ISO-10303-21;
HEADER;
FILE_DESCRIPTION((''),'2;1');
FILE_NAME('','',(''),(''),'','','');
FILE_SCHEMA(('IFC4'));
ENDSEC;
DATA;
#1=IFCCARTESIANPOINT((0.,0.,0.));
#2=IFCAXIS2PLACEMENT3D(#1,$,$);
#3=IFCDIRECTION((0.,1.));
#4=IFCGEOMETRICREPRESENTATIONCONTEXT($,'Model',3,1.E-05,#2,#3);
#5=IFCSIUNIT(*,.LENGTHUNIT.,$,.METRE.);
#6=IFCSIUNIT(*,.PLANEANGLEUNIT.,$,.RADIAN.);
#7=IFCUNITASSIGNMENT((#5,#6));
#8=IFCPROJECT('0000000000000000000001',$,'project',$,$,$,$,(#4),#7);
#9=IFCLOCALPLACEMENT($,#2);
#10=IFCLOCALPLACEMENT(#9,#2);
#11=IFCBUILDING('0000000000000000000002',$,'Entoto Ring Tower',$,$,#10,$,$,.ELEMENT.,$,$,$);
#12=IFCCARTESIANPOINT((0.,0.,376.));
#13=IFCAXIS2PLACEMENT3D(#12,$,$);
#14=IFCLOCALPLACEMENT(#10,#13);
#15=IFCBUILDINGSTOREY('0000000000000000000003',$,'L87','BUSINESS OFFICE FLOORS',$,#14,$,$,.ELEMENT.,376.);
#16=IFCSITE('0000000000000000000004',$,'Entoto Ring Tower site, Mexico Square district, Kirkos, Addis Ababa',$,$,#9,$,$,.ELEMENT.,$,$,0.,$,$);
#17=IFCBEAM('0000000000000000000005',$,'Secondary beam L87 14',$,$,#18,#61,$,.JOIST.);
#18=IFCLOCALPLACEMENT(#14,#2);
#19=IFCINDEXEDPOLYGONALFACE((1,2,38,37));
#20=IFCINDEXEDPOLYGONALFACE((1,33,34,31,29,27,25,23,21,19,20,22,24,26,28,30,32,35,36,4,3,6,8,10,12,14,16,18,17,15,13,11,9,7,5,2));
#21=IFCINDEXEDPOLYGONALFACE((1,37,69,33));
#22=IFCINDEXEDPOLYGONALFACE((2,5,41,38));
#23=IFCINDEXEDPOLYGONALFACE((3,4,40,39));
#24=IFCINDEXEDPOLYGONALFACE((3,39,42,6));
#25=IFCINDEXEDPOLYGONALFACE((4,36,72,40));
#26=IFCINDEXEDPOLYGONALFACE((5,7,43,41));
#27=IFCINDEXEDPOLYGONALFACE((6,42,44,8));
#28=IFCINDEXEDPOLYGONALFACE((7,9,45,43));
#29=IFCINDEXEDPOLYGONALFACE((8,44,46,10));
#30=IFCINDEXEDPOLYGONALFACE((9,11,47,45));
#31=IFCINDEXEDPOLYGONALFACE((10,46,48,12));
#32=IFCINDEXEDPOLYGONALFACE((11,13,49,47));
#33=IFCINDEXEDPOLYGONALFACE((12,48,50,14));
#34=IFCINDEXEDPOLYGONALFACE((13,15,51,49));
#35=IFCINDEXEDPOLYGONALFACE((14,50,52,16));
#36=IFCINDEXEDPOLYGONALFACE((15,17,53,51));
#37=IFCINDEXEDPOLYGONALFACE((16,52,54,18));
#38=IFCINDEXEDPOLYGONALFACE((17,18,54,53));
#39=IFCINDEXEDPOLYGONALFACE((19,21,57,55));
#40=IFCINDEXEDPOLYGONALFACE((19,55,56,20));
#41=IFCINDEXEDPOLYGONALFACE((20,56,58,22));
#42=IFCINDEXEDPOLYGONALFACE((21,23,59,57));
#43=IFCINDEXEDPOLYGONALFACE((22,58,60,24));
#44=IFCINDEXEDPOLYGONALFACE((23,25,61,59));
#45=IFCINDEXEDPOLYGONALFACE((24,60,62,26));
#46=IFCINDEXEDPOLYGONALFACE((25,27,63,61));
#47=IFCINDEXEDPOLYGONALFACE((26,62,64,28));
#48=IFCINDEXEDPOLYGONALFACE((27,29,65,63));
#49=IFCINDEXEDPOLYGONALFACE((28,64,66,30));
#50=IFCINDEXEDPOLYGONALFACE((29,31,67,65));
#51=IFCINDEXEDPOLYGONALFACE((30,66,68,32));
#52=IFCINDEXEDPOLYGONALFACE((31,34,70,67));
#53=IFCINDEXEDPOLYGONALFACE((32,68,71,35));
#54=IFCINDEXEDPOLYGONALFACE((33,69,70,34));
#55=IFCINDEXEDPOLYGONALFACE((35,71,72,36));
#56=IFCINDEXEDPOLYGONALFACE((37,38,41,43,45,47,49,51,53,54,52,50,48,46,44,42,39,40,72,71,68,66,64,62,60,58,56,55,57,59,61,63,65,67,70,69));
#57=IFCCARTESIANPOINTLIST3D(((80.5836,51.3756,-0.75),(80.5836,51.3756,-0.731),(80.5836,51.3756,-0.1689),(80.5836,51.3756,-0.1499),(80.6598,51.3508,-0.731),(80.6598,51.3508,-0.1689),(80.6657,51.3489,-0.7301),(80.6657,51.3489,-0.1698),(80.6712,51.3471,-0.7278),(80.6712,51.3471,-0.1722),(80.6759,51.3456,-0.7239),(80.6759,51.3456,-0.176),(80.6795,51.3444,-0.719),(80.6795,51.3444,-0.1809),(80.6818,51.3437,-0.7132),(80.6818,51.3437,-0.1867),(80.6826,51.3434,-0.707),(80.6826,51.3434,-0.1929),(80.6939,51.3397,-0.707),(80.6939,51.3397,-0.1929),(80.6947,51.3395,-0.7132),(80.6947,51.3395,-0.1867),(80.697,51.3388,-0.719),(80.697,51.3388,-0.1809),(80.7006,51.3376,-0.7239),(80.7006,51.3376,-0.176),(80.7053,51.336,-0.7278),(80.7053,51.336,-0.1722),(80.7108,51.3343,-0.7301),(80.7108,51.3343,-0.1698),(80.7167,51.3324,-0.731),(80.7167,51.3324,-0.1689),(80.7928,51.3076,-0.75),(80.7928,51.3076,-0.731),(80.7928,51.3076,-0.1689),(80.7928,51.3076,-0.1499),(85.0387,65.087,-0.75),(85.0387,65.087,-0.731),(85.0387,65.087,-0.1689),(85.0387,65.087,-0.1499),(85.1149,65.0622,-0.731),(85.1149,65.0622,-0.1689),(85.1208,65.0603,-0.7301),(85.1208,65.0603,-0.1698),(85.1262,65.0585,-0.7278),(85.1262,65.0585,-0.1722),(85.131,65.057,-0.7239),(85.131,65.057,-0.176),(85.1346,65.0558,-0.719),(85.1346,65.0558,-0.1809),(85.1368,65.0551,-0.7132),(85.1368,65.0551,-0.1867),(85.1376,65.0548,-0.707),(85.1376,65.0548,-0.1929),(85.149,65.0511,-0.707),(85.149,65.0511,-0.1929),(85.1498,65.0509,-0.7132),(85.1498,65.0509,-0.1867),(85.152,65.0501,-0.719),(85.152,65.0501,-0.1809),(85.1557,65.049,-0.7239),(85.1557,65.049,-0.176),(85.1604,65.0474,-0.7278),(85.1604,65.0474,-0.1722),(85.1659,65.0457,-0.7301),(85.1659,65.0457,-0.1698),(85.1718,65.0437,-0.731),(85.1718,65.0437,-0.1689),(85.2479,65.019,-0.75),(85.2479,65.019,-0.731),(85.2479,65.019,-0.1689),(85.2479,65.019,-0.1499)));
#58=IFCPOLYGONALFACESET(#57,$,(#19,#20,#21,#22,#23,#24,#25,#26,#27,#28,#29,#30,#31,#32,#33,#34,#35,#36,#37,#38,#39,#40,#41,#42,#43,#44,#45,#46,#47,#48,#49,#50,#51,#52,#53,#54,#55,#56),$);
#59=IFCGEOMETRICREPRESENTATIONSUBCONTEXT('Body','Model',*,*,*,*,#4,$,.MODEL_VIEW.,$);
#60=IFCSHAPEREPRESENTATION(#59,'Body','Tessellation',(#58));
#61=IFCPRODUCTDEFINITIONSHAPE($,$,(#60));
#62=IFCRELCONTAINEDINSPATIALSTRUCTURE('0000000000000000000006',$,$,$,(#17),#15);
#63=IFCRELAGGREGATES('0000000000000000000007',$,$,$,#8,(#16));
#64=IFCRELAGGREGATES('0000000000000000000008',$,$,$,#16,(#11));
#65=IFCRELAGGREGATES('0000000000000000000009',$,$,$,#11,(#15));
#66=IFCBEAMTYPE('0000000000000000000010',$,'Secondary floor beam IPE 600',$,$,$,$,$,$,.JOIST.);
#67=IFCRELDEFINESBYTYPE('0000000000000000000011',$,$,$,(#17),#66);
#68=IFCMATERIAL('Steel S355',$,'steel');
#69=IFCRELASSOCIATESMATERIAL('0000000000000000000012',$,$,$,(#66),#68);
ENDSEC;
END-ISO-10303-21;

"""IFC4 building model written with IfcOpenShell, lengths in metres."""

from ifc_helpers import new_model, si_unit, direction, frame, origin, origin_2d, place, context, subcontext, project, spatial, i_section, extrude, material, material_profile, profile_set, type_object, element, save


model = new_model("IFC4")

# Units and contexts
model_context = context("Model", 3, precision=1e-05, world=origin(), true_north=direction((0.0, 1.0)))
body_context = subcontext(model_context, "Body", "Model", "MODEL_VIEW")
ifc_project = project(units=[si_unit("LENGTHUNIT", "METRE"), si_unit("PLANEANGLEUNIT", "RADIAN")], contexts=[model_context])

# Site, building, storey
site_placement = place(None, origin())
site = spatial("IfcSite", under=ifc_project, at=site_placement, Name="Entoto Ring Tower site, Mexico Square district, Kirkos, Addis Ababa", CompositionType="ELEMENT", RefElevation=0.0)
building_placement = place(site_placement, origin())
building = spatial("IfcBuilding", under=site, at=building_placement, Name="Entoto Ring Tower", CompositionType="ELEMENT")
storey_placement = place(building_placement, frame((0.0, 0.0, 376.0)))
storey = spatial("IfcBuildingStorey", under=building, at=storey_placement, Name="L87", Description="BUSINESS OFFICE FLOORS", CompositionType="ELEMENT", Elevation=376.0)

# Beam
ifc_material_1 = material(Name="Steel S355", Category="steel")
ifc_material_profile_1 = material_profile(ifc_material_1, i_section(OverallWidth=0.22, OverallDepth=0.6001, WebThickness=0.012, FlangeThickness=0.019, FilletRadius=0.0239, at=origin_2d()), Name="IPE 600")
ifc_profile_set_1 = profile_set([ifc_material_profile_1], Name="Steel S355")
beam_type_1 = type_object("IfcBeamType", Name="Secondary floor beam IPE 600", PredefinedType="JOIST", material=ifc_profile_set_1)
beam_1_placement = place(storey_placement, frame((85.1433, 65.053, -0.45), z_axis=(-0.309015, -0.951057, 0.0), x_axis=(0.951057, -0.309015, 0.0)))
element("IfcBeam", 1, at=beam_1_placement, inside=storey, type_object=beam_type_1, Name="Secondary beam L87 14", PredefinedType="JOIST", context=body_context, shape_type="SweptSolid", body=[
    extrude(i_section(OverallWidth=0.22, OverallDepth=0.6001, WebThickness=0.012, FlangeThickness=0.019, FilletRadius=0.0239, at=origin_2d()), origin(), (0.0, 0.0, 1.0), 14.417),
])

save(model, "model.ifc")
